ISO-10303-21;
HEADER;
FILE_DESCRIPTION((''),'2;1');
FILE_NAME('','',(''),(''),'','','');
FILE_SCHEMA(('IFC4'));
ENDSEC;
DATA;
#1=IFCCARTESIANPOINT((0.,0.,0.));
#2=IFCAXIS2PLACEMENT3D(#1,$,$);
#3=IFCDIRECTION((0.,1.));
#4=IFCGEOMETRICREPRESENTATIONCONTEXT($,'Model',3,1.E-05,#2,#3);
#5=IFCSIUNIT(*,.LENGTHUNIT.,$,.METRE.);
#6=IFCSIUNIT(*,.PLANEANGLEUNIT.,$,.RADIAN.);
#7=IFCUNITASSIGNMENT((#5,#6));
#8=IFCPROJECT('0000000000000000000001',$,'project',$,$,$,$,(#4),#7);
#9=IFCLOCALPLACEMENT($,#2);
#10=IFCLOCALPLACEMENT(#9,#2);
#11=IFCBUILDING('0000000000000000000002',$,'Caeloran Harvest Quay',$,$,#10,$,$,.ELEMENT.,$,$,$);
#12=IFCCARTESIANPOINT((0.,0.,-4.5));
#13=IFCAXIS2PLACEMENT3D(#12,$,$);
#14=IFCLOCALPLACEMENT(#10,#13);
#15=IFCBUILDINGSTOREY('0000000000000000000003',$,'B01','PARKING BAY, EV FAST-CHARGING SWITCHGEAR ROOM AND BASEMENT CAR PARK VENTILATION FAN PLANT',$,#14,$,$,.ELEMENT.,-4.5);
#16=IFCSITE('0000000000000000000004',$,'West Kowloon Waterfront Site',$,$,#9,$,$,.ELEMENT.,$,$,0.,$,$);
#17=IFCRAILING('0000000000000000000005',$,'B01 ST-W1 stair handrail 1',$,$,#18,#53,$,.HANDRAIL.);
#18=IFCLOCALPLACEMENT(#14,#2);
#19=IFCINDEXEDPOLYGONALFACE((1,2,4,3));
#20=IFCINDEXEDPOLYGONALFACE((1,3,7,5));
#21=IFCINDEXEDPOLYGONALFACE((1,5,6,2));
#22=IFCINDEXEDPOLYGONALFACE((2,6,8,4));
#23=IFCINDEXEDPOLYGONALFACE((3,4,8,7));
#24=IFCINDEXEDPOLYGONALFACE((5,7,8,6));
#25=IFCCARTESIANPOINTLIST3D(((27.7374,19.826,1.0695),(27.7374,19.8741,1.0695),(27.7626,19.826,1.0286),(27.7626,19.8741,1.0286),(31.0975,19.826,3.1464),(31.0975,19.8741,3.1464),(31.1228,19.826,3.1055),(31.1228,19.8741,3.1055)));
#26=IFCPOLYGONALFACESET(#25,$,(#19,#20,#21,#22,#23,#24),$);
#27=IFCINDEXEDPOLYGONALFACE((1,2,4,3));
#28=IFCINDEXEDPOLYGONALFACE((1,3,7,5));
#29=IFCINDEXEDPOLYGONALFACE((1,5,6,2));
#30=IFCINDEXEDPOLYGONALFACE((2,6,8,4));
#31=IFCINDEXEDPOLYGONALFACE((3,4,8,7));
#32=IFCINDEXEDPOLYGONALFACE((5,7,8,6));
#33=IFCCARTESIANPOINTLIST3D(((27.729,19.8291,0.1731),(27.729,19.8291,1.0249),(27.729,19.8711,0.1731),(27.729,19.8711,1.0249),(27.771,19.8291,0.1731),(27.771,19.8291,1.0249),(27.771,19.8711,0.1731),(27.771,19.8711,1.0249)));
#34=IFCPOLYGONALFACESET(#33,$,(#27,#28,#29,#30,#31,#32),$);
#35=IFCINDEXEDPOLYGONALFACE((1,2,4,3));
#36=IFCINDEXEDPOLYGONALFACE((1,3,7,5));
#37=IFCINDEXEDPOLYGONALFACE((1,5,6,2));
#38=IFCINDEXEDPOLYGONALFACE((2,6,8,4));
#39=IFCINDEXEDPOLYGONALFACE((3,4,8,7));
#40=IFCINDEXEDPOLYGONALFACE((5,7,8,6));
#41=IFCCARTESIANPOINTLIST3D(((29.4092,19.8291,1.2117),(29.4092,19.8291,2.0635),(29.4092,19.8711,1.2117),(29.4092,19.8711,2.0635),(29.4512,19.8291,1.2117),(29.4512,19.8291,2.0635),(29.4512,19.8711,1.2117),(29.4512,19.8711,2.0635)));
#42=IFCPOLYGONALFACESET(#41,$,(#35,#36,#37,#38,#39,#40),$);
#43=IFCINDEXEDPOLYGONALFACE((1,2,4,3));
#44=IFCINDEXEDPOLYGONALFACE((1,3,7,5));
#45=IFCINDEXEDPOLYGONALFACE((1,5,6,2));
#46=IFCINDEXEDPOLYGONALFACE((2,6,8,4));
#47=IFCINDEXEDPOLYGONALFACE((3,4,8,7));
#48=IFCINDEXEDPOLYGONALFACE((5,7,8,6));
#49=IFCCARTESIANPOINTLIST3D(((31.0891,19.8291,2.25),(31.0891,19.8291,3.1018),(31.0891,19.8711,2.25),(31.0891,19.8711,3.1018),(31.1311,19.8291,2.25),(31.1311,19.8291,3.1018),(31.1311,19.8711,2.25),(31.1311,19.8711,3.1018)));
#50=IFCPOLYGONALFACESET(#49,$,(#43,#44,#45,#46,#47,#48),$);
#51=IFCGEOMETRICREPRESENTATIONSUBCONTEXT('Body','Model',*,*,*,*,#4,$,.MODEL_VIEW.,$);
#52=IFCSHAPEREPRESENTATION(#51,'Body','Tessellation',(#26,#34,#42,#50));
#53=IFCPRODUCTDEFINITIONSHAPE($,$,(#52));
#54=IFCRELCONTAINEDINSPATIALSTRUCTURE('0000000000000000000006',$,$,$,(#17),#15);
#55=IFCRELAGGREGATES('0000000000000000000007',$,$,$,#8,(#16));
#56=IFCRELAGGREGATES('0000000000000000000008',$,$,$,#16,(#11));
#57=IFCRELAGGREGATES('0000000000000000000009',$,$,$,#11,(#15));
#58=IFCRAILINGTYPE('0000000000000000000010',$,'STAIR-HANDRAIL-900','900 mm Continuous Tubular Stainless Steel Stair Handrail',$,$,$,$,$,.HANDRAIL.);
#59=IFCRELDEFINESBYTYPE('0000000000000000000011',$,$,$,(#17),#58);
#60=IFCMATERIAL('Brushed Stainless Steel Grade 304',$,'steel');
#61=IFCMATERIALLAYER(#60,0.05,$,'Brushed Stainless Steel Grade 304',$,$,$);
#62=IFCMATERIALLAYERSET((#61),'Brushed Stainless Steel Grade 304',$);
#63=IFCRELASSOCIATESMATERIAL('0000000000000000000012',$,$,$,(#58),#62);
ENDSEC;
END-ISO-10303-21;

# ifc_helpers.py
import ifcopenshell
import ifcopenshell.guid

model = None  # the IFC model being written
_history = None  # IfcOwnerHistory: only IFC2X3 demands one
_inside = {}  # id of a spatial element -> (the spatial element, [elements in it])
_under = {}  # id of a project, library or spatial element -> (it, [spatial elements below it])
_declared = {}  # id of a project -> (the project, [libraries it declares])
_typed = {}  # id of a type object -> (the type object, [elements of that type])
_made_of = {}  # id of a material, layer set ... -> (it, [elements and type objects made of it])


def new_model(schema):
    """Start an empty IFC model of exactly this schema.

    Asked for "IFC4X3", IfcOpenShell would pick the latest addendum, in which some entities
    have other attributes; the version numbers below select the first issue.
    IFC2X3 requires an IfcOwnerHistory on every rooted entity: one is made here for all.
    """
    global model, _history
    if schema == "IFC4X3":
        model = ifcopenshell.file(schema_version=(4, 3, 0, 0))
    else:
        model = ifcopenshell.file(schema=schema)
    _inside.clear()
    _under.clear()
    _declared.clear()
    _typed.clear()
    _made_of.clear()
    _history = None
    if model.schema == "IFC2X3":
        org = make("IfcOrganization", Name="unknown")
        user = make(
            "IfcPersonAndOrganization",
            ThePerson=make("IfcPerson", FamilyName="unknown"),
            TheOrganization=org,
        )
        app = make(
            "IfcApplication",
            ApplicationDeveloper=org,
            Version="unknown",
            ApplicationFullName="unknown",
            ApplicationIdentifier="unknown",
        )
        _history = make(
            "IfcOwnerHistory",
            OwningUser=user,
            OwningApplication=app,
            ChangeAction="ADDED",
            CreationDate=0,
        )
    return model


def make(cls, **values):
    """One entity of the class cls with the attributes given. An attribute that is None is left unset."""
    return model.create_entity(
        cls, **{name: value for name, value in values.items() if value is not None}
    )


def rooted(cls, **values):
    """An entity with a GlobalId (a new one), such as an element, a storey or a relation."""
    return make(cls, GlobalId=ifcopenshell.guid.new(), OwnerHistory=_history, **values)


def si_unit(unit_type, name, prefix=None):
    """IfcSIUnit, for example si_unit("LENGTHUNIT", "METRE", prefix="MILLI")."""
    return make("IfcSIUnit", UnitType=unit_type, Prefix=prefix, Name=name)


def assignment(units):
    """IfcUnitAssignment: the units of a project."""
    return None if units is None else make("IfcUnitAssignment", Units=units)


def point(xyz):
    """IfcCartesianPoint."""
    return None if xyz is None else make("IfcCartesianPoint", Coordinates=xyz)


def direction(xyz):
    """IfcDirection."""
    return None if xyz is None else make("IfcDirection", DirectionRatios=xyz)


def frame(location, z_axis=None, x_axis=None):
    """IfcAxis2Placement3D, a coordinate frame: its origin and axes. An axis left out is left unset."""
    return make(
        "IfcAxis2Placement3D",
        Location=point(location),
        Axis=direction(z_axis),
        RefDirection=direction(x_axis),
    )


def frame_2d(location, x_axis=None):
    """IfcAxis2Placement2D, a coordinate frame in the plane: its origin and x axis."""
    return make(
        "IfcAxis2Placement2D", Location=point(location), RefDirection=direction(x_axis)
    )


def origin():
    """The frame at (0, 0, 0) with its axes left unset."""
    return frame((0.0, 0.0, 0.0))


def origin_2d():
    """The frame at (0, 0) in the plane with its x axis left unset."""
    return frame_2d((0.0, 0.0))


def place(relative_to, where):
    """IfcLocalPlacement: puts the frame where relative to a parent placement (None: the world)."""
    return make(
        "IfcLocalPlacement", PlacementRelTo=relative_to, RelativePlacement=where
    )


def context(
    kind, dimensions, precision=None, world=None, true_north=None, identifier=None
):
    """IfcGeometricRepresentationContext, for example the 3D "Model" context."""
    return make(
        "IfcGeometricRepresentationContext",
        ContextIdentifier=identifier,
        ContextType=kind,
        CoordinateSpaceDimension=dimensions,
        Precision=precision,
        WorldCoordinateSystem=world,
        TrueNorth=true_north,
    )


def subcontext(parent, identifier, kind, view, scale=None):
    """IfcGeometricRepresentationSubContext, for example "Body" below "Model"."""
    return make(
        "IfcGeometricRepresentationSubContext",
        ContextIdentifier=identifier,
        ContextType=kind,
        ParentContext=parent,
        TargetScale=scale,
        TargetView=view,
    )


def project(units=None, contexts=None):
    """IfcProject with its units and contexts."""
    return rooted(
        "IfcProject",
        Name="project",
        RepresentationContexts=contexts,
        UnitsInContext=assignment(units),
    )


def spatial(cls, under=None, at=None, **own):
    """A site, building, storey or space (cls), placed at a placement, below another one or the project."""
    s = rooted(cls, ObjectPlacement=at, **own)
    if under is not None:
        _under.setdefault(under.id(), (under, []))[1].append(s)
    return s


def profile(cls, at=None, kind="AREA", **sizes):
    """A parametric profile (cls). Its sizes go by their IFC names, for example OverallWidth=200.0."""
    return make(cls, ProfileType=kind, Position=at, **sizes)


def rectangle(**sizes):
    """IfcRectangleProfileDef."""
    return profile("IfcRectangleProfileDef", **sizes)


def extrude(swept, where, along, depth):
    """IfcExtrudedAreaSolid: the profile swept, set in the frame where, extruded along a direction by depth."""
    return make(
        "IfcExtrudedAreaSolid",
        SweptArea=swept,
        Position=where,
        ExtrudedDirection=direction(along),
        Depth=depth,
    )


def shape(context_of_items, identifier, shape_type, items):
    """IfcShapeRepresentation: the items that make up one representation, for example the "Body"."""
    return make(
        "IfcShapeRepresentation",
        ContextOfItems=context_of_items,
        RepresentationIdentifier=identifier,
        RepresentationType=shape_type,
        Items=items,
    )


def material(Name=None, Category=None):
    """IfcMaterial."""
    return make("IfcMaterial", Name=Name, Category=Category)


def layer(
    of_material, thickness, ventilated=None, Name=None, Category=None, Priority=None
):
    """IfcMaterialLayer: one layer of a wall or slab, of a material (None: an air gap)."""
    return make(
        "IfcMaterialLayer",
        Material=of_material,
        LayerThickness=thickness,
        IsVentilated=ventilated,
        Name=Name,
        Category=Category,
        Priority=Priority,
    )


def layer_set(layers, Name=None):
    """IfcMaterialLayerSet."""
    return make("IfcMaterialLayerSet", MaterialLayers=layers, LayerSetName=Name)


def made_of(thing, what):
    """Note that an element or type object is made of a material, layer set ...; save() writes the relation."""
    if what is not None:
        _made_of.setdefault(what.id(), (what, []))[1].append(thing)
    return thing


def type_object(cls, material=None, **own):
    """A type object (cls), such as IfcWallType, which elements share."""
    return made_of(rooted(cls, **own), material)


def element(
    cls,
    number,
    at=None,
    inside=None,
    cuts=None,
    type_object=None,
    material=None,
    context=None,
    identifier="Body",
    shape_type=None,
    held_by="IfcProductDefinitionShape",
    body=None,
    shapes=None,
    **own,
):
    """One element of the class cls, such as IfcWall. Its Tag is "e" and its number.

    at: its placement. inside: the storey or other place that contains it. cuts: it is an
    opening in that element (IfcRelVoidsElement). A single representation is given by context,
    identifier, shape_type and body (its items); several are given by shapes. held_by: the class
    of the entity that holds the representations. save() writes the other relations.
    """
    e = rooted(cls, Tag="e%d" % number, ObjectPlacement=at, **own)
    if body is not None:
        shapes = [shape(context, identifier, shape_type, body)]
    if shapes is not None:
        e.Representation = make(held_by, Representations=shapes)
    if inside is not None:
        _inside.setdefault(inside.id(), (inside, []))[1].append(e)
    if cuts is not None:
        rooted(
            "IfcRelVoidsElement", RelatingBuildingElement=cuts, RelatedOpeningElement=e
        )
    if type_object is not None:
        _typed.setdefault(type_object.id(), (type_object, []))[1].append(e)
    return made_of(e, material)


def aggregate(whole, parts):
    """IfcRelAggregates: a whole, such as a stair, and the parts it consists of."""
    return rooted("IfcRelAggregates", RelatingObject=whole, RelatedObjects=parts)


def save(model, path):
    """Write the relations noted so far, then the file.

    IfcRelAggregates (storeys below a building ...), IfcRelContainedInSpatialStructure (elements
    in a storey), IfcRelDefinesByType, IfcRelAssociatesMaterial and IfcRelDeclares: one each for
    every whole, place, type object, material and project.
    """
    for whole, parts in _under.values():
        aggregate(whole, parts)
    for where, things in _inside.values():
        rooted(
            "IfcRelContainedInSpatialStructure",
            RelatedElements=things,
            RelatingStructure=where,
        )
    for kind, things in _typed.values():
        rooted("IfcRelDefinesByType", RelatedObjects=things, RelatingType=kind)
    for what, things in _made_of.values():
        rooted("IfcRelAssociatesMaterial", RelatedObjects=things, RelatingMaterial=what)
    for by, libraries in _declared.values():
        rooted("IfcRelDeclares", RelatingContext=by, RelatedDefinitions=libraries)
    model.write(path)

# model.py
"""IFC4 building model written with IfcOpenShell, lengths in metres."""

from ifc_helpers import new_model, si_unit, direction, frame, origin, origin_2d, place, context, subcontext, project, spatial, rectangle, extrude, material, layer, layer_set, type_object, element, save


model = new_model("IFC4")

# Units and contexts
model_context = context("Model", 3, precision=1e-05, world=origin(), true_north=direction((0.0, 1.0)))
body_context = subcontext(model_context, "Body", "Model", "MODEL_VIEW")
ifc_project = project(units=[si_unit("LENGTHUNIT", "METRE"), si_unit("PLANEANGLEUNIT", "RADIAN")], contexts=[model_context])

# Site, building, storey
site_placement = place(None, origin())
site = spatial("IfcSite", under=ifc_project, at=site_placement, Name="West Kowloon Waterfront Site", CompositionType="ELEMENT", RefElevation=0.0)
building_placement = place(site_placement, origin())
building = spatial("IfcBuilding", under=site, at=building_placement, Name="Caeloran Harvest Quay", CompositionType="ELEMENT")
storey_placement = place(building_placement, frame((0.0, 0.0, -4.5)))
storey = spatial("IfcBuildingStorey", under=building, at=storey_placement, Name="B01", Description="PARKING BAY, EV FAST-CHARGING SWITCHGEAR ROOM AND BASEMENT CAR PARK VENTILATION FAN PLANT", CompositionType="ELEMENT", Elevation=-4.5)

# Railing
ifc_material_1 = material(Name="Brushed Stainless Steel Grade 304", Category="steel")
ifc_layer_1 = layer(ifc_material_1, 0.05, Name="Brushed Stainless Steel Grade 304")
ifc_layer_set_1 = layer_set([ifc_layer_1], Name="Brushed Stainless Steel Grade 304")
railing_type_1 = type_object("IfcRailingType", Name="STAIR-HANDRAIL-900", Description="900 mm Continuous Tubular Stainless Steel Stair Handrail", PredefinedType="HANDRAIL", material=ifc_layer_set_1)
railing_1_placement = place(storey_placement, frame((27.75, 19.8501, 0.1731)))
element("IfcRailing", 1, at=railing_1_placement, inside=storey, type_object=railing_type_1, Name="B01 ST-W1 stair handrail 1", PredefinedType="HANDRAIL", context=body_context, shape_type="SweptSolid", body=[
    extrude(rectangle(XDim=0.0481, YDim=0.0481, at=origin_2d()), frame((0.0, 0.0, 0.876), z_axis=(0.850623, 0.0, 0.525776), x_axis=(0.0, 1.0, 0.0)), (0.0, 0.0, 1.0), 3.9502),
    extrude(rectangle(XDim=0.042, YDim=0.042, at=origin_2d()), origin(), (0.0, 0.0, 1.0), 0.8518),
    extrude(rectangle(XDim=0.042, YDim=0.042, at=origin_2d()), frame((1.6802, 0.0, 1.0386)), (0.0, 0.0, 1.0), 0.8518),
    extrude(rectangle(XDim=0.042, YDim=0.042, at=origin_2d()), frame((3.3601, 0.0, 2.0769)), (0.0, 0.0, 1.0), 0.8518),
])

save(model, "model.ifc")
